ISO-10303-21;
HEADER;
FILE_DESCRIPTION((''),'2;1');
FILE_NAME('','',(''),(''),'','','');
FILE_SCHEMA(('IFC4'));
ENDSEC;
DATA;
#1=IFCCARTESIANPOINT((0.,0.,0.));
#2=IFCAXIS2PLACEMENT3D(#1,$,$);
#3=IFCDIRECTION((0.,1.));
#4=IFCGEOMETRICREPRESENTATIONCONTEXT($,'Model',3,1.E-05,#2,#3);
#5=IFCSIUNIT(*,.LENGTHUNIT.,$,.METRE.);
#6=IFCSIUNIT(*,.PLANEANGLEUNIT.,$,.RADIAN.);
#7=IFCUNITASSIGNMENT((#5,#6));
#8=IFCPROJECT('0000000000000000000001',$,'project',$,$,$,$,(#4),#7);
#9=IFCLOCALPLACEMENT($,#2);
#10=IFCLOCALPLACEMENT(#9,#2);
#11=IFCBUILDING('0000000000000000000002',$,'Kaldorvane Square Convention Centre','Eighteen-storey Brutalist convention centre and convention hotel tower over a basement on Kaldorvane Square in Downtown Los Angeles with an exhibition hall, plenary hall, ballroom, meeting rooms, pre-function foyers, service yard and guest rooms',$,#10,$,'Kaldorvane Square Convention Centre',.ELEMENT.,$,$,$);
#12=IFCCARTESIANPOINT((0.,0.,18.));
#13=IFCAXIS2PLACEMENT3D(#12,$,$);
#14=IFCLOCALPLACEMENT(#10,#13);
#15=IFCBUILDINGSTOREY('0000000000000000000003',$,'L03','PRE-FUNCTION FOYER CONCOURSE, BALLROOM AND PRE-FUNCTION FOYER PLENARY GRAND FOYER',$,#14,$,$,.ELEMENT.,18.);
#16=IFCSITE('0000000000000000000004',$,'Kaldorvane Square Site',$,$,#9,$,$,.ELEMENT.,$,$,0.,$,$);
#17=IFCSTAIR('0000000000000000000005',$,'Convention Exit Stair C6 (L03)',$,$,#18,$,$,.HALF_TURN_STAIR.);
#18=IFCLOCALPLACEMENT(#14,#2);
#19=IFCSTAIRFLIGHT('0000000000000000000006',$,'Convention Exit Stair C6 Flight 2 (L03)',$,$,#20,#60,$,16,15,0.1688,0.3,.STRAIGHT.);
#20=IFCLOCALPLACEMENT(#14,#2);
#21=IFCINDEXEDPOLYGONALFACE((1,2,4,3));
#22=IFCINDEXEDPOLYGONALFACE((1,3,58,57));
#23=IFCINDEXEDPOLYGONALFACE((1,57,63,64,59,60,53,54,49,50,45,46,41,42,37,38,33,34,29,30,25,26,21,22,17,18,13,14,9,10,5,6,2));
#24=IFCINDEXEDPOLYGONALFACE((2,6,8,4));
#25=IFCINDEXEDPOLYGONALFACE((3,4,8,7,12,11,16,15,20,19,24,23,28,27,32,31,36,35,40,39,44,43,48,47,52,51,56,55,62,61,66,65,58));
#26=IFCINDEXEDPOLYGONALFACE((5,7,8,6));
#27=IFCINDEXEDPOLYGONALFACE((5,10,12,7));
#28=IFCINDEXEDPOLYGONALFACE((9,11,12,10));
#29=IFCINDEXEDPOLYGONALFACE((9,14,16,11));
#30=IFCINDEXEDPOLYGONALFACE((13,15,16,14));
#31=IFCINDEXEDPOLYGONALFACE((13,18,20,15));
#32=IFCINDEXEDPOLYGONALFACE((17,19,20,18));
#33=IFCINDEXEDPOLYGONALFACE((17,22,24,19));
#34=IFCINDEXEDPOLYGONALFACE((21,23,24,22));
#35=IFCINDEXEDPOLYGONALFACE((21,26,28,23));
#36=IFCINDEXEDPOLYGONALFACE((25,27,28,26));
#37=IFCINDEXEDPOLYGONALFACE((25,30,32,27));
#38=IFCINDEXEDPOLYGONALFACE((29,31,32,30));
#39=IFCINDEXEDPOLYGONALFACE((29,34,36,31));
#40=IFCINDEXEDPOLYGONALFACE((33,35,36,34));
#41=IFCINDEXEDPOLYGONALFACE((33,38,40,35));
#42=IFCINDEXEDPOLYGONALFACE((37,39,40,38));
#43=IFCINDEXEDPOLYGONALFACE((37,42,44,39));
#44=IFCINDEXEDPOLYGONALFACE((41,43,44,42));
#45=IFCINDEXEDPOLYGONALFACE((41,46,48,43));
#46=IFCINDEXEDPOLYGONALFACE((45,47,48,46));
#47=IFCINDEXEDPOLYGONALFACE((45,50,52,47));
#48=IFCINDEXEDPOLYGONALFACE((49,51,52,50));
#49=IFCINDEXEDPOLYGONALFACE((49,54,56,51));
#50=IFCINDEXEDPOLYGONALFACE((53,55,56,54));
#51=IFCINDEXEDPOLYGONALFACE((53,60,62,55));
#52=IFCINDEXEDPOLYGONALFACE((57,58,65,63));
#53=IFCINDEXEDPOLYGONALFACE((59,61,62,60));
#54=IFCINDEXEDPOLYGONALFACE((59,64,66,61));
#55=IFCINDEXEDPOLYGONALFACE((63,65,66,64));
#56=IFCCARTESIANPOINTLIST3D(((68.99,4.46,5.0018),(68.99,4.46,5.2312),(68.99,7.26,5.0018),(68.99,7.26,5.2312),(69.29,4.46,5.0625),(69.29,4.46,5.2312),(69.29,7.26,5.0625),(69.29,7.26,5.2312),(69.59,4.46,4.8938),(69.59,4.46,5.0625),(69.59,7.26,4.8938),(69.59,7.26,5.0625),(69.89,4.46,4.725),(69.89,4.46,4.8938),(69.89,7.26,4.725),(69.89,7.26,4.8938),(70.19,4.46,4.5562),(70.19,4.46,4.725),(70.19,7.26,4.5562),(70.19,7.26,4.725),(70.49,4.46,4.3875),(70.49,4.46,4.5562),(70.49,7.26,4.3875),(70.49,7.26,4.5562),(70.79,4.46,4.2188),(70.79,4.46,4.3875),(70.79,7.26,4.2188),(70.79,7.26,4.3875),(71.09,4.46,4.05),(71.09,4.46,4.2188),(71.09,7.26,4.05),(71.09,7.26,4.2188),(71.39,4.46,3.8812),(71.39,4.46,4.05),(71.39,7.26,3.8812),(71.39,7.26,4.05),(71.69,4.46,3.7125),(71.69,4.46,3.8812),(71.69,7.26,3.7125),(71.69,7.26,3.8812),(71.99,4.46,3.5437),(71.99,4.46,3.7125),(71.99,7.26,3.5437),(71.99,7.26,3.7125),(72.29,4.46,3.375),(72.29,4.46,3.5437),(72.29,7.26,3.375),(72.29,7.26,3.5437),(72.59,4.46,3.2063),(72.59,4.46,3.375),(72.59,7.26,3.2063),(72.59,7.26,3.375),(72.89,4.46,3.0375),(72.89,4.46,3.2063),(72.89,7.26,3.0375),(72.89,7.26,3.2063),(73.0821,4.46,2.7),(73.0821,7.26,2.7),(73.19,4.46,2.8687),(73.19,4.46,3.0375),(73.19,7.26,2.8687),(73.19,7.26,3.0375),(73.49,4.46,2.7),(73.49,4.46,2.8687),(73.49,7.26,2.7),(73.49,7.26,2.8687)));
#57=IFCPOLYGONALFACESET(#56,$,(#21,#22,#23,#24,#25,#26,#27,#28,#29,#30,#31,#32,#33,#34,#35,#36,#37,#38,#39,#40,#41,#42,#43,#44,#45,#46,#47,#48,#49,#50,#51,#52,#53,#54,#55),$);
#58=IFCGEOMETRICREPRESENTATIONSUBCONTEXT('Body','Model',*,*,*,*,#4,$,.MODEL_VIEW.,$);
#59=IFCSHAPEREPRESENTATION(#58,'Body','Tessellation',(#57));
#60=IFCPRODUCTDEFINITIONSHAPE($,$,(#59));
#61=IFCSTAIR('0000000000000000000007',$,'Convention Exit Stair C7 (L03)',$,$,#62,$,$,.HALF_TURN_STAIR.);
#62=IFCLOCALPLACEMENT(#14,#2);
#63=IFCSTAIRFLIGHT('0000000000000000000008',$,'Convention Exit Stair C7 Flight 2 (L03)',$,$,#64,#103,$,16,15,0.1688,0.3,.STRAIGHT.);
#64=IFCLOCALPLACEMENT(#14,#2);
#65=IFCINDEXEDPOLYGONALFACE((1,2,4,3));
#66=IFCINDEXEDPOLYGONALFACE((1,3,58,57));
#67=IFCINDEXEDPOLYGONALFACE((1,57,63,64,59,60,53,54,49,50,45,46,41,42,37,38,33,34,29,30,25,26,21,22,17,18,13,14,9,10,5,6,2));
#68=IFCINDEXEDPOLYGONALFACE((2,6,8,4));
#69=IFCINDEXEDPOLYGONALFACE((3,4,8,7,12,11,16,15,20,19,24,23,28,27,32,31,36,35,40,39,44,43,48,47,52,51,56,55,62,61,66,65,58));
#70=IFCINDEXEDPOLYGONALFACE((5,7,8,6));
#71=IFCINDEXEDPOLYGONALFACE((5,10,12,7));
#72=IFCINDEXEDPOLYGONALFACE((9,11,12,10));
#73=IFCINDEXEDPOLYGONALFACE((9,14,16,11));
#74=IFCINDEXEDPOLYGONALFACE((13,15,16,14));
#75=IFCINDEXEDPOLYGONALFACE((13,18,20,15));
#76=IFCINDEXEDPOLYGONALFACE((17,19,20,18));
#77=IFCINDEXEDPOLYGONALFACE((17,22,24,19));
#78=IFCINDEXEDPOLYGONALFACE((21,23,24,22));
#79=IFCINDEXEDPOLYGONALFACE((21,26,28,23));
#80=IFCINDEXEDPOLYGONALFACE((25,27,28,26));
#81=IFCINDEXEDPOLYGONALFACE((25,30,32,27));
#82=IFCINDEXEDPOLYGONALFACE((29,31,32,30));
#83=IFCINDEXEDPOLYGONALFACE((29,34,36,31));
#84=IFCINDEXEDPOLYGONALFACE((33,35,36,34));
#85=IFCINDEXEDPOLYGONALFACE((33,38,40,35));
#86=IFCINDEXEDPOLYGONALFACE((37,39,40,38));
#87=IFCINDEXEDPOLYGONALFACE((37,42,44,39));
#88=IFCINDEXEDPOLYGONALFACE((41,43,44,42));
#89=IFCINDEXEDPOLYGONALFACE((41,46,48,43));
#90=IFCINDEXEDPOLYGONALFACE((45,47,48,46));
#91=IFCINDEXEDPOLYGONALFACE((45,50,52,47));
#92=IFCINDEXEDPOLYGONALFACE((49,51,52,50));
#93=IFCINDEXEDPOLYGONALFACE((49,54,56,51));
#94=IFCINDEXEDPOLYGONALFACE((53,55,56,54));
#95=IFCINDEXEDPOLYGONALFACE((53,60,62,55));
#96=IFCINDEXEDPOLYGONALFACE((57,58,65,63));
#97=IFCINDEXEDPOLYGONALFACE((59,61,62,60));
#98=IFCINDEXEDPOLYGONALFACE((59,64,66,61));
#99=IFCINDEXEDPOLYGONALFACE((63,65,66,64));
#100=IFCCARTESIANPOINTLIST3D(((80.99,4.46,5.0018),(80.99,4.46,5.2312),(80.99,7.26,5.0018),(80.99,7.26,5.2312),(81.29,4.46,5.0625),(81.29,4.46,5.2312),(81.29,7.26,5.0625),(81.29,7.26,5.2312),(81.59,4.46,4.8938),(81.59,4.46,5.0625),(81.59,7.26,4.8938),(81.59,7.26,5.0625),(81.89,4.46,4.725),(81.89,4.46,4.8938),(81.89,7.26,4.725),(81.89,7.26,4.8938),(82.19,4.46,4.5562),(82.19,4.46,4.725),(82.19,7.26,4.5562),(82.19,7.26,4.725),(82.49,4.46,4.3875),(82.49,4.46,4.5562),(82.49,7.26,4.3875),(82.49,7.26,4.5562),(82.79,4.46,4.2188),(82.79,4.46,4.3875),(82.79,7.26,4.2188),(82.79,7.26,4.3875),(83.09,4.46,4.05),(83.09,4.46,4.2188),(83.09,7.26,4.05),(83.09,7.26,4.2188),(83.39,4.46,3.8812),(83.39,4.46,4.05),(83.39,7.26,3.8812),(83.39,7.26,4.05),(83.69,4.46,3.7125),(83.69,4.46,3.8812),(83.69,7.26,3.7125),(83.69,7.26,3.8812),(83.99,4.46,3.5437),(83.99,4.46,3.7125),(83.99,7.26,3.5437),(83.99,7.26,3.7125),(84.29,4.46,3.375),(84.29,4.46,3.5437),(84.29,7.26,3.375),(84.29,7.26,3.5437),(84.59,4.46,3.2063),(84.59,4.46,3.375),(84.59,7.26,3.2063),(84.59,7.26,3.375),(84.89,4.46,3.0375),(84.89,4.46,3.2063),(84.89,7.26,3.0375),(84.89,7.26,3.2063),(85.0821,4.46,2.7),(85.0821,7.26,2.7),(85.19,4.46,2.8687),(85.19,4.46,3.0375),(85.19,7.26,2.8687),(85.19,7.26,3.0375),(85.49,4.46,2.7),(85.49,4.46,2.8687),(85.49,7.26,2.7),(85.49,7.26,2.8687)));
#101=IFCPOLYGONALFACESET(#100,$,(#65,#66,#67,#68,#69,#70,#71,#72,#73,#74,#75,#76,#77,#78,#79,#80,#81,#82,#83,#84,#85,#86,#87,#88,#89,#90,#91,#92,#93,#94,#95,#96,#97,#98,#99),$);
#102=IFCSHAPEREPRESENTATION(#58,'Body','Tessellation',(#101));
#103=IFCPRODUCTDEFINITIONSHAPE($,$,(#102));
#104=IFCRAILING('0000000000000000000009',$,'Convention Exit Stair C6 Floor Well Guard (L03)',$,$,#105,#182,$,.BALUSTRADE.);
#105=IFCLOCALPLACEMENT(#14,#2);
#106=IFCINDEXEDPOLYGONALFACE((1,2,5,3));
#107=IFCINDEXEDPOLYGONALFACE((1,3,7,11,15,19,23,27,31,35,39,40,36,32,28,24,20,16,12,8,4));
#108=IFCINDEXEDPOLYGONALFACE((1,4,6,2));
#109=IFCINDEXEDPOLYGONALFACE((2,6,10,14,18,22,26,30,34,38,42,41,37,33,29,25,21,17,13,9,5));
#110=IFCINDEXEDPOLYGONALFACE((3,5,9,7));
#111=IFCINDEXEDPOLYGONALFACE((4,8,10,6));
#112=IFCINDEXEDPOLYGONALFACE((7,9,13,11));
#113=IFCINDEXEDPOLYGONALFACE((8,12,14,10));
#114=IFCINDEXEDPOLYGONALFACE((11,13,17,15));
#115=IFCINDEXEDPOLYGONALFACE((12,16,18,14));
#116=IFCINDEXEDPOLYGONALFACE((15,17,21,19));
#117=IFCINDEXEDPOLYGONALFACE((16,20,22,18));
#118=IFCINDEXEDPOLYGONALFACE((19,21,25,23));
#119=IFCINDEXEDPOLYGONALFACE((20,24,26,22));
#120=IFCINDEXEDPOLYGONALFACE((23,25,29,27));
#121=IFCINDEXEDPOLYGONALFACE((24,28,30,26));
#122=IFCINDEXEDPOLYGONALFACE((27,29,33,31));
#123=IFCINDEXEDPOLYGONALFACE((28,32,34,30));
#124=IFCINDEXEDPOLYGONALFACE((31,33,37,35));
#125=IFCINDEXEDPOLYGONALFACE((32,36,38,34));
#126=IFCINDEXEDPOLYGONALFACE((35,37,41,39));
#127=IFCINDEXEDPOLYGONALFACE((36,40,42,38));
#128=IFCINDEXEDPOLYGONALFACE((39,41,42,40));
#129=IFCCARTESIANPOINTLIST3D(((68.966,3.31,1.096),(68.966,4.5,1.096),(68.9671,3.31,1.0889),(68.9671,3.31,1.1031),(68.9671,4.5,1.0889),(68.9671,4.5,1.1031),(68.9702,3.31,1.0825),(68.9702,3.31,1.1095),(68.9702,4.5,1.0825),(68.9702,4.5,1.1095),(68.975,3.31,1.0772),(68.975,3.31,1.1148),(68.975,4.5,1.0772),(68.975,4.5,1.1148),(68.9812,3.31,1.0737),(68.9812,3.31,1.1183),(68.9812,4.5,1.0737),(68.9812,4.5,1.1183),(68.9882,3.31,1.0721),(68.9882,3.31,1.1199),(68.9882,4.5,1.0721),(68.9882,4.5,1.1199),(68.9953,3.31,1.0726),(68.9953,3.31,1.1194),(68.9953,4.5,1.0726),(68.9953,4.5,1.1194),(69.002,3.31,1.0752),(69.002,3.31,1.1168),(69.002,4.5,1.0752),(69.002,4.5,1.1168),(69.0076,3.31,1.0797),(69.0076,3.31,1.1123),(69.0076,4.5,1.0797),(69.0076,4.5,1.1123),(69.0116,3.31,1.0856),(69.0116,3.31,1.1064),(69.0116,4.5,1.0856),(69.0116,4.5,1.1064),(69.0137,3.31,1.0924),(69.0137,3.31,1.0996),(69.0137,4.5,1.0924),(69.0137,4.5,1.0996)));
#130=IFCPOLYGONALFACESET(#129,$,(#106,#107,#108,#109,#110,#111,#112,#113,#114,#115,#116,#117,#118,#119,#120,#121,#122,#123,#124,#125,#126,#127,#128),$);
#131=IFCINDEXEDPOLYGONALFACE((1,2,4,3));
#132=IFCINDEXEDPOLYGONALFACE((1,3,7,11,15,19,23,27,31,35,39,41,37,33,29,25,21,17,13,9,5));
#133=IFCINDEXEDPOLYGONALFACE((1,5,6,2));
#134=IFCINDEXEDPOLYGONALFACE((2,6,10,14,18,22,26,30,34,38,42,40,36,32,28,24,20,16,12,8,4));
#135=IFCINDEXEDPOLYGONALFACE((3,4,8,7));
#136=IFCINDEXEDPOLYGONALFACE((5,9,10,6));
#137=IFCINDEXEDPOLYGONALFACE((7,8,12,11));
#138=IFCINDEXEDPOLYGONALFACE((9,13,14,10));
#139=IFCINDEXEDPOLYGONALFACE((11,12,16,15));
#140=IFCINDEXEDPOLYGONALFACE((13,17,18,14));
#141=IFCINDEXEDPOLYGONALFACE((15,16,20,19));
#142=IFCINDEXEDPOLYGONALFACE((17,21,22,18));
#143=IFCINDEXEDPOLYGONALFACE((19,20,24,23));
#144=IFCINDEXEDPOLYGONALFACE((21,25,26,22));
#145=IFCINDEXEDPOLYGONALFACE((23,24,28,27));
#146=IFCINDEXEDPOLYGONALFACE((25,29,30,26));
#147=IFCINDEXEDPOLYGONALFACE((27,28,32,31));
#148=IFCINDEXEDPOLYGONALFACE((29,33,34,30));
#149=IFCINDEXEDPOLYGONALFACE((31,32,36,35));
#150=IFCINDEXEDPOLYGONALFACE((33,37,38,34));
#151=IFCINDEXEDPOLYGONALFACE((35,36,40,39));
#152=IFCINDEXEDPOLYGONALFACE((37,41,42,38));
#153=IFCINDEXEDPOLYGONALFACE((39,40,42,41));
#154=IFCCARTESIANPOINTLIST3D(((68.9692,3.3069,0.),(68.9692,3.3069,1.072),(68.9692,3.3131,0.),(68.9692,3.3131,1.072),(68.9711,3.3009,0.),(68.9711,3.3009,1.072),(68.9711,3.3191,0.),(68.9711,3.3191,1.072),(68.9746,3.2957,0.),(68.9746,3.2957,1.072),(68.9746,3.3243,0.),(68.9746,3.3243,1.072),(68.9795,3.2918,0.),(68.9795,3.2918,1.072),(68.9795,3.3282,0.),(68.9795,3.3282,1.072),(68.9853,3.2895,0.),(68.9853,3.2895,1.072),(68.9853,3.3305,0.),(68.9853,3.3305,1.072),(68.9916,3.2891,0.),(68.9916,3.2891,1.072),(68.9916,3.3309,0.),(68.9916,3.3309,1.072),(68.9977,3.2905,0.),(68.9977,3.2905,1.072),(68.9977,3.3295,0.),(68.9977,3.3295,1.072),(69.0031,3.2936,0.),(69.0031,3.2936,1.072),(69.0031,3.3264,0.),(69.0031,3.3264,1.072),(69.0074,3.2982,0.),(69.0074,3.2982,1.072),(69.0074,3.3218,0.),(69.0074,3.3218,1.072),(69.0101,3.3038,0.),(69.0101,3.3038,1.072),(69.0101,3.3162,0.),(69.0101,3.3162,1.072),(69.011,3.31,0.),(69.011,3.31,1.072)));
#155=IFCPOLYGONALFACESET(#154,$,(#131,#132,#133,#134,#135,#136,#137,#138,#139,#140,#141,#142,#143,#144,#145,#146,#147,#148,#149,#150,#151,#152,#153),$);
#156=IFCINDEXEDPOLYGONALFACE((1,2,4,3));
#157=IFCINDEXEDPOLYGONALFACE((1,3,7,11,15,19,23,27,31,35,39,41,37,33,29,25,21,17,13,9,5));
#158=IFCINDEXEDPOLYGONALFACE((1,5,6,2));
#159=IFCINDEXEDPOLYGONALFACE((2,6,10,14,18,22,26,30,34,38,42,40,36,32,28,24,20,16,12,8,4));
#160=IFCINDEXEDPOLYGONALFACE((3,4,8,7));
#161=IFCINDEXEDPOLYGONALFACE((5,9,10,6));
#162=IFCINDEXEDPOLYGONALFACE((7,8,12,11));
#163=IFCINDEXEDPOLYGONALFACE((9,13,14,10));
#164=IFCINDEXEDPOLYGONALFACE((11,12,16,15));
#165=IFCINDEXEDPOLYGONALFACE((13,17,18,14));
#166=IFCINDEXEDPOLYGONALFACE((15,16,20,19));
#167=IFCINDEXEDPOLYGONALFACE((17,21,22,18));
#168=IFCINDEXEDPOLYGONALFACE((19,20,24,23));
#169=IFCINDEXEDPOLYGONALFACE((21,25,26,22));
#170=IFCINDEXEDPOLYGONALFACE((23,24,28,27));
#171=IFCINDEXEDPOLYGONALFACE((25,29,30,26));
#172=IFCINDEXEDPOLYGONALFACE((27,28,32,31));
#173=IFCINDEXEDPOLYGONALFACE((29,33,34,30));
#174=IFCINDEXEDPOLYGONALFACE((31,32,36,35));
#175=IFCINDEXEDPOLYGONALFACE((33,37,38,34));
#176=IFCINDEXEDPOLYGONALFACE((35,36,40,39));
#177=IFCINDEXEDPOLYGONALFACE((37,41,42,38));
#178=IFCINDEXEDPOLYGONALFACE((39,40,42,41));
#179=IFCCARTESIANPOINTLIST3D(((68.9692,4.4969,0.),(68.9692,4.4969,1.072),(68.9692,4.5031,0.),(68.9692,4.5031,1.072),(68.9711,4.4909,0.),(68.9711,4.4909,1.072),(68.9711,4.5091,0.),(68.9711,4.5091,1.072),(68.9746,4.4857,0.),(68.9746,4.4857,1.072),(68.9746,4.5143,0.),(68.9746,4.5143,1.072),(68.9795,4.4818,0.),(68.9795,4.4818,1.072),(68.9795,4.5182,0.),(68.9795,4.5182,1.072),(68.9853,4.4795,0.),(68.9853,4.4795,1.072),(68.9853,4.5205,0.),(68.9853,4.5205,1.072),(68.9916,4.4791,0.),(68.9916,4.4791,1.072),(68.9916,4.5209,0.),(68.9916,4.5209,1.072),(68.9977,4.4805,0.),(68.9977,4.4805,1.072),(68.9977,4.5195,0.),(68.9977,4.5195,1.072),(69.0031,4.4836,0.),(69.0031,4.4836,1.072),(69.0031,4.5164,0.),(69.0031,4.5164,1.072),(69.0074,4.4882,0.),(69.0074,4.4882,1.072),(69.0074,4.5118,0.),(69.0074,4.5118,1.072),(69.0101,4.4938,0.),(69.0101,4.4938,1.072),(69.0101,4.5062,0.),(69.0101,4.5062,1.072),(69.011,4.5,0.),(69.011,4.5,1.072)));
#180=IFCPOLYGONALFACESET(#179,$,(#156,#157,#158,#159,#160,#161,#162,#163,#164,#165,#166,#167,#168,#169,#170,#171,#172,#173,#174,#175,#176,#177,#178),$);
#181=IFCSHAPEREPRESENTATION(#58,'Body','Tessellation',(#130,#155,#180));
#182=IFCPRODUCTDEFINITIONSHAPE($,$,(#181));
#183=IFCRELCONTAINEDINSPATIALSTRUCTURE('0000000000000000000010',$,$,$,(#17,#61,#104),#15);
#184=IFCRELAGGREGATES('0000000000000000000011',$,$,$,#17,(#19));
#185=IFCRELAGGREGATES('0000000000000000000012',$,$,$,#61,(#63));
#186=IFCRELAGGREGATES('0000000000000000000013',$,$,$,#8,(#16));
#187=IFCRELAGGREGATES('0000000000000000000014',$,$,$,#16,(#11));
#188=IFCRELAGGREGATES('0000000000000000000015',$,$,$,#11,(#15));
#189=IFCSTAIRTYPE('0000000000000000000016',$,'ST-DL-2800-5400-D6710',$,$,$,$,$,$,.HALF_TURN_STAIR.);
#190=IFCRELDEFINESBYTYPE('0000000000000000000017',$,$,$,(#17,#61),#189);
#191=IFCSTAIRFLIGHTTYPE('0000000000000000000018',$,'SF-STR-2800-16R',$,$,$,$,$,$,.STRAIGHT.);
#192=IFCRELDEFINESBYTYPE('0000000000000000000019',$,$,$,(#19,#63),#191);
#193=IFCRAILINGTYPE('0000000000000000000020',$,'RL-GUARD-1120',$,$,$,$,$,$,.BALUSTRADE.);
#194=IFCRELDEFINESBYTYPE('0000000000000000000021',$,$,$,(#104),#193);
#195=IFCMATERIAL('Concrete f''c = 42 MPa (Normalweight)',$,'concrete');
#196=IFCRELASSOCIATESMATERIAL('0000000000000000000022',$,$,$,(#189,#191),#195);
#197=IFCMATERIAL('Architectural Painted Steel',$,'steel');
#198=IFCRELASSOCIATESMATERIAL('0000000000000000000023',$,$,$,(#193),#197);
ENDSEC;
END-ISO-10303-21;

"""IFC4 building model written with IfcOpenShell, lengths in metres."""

from ifc_helpers import new_model, si_unit, direction, frame, origin, origin_2d, place, context, subcontext, project, spatial, polyline, circle, outline, extrude, material, type_object, element, aggregate, save


model = new_model("IFC4")

# Units and contexts
model_context = context("Model", 3, precision=1e-05, world=origin(), true_north=direction((0.0, 1.0)))
body_context = subcontext(model_context, "Body", "Model", "MODEL_VIEW")
ifc_project = project(units=[si_unit("LENGTHUNIT", "METRE"), si_unit("PLANEANGLEUNIT", "RADIAN")], contexts=[model_context])

# Site, building, storey
site_placement = place(None, origin())
site = spatial("IfcSite", under=ifc_project, at=site_placement, Name="Kaldorvane Square Site", CompositionType="ELEMENT", RefElevation=0.0)
building_placement = place(site_placement, origin())
building = spatial("IfcBuilding", under=site, at=building_placement, Name="Kaldorvane Square Convention Centre", Description="Eighteen-storey Brutalist convention centre and convention hotel tower over a basement on Kaldorvane Square in Downtown Los Angeles with an exhibition hall, plenary hall, ballroom, meeting rooms, pre-function foyers, service yard and guest rooms", LongName="Kaldorvane Square Convention Centre", CompositionType="ELEMENT")
storey_placement = place(building_placement, frame((0.0, 0.0, 18.0)))
storey = spatial("IfcBuildingStorey", under=building, at=storey_placement, Name="L03", Description="PRE-FUNCTION FOYER CONCOURSE, BALLROOM AND PRE-FUNCTION FOYER PLENARY GRAND FOYER", CompositionType="ELEMENT", Elevation=18.0)

# Stairs, stair flights
ifc_material_1 = material(Name="Concrete f'c = 42 MPa (Normalweight)", Category="concrete")
stair_type = type_object("IfcStairType", Name="ST-DL-2800-5400-D6710", PredefinedType="HALF_TURN_STAIR", material=ifc_material_1)
stair_1_placement = place(storey_placement, origin())
stair_1 = element("IfcStair", 1, at=stair_1_placement, inside=storey, type_object=stair_type, Name="Convention Exit Stair C6 (L03)", PredefinedType="HALF_TURN_STAIR")
stair_flight_type = type_object("IfcStairFlightType", Name="SF-STR-2800-16R", PredefinedType="STRAIGHT", material=ifc_material_1)
stair_flight_1_placement = place(storey_placement, frame((73.49, 5.86, 2.7), z_axis=(0.0, 0.0, 1.0), x_axis=(-1.0, 0.0, 0.0)))
stair_flight_1 = element("IfcStairFlight", 2, at=stair_flight_1_placement, type_object=stair_flight_type, Name="Convention Exit Stair C6 Flight 2 (L03)", NumberOfRisers=16, NumberOfTreads=15, PredefinedType="STRAIGHT", RiserHeight=0.1688, TreadLength=0.3, context=body_context, shape_type="SweptSolid", body=[
    extrude(outline(polyline([(0.0, 0.0), (0.0, 0.1687), (0.3, 0.1687), (0.3, 0.3375), (0.6, 0.3375), (0.6, 0.5063), (0.9, 0.5063), (0.9, 0.675), (1.2, 0.675), (1.2, 0.8438), (1.5, 0.8438), (1.5, 1.0125), (1.8, 1.0125), (1.8, 1.1812), (2.1, 1.1812), (2.1, 1.35), (2.4, 1.35), (2.4, 1.5188), (2.7, 1.5188), (2.7, 1.6875), (3.0, 1.6875), (3.0, 1.8562), (3.3, 1.8562), (3.3, 2.025), (3.6, 2.025), (3.6, 2.1938), (3.9, 2.1938), (3.9, 2.3625), (4.2, 2.3625), (4.2, 2.5312), (4.5, 2.5312), (4.5, 2.7), (4.5, 2.3018), (0.4079, 0.0), (0.0, 0.0)])), frame((0.0, 1.4, 0.0), z_axis=(0.0, -1.0, 0.0), x_axis=(1.0, 0.0, 0.0)), (0.0, 0.0, 1.0), 2.8),
])
aggregate(stair_1, [stair_flight_1])
stair_2_placement = place(storey_placement, origin())
stair_2 = element("IfcStair", 3, at=stair_2_placement, inside=storey, type_object=stair_type, Name="Convention Exit Stair C7 (L03)", PredefinedType="HALF_TURN_STAIR")
stair_flight_2_placement = place(storey_placement, frame((85.49, 5.86, 2.7), z_axis=(0.0, 0.0, 1.0), x_axis=(-1.0, 0.0, 0.0)))
stair_flight_2 = element("IfcStairFlight", 4, at=stair_flight_2_placement, type_object=stair_flight_type, Name="Convention Exit Stair C7 Flight 2 (L03)", NumberOfRisers=16, NumberOfTreads=15, PredefinedType="STRAIGHT", RiserHeight=0.1688, TreadLength=0.3, context=body_context, shape_type="SweptSolid", body=[
    extrude(outline(polyline([(0.0, 0.0), (0.0, 0.1687), (0.3, 0.1687), (0.3, 0.3375), (0.6, 0.3375), (0.6, 0.5063), (0.9, 0.5063), (0.9, 0.675), (1.2, 0.675), (1.2, 0.8438), (1.5, 0.8438), (1.5, 1.0125), (1.8, 1.0125), (1.8, 1.1812), (2.1, 1.1812), (2.1, 1.35), (2.4, 1.35), (2.4, 1.5188), (2.7, 1.5188), (2.7, 1.6875), (3.0, 1.6875), (3.0, 1.8562), (3.3, 1.8562), (3.3, 2.025), (3.6, 2.025), (3.6, 2.1938), (3.9, 2.1938), (3.9, 2.3625), (4.2, 2.3625), (4.2, 2.5312), (4.5, 2.5312), (4.5, 2.7), (4.5, 2.3018), (0.4079, 0.0), (0.0, 0.0)])), frame((0.0, 1.4, 0.0), z_axis=(0.0, -1.0, 0.0), x_axis=(1.0, 0.0, 0.0)), (0.0, 0.0, 1.0), 2.8),
])
aggregate(stair_2, [stair_flight_2])

# Railing
ifc_material_2 = material(Name="Architectural Painted Steel", Category="steel")
railing_type_1 = type_object("IfcRailingType", Name="RL-GUARD-1120", PredefinedType="BALUSTRADE", material=ifc_material_2)
for number, where, name in (
    (5, (68.99, 3.31, 0.0), "Convention Exit Stair C6 Floor Well Guard (L03)"),
):
    element("IfcRailing", number, at=place(storey_placement, frame(where)), inside=storey, type_object=railing_type_1, Name=name, PredefinedType="BALUSTRADE", context=body_context, shape_type="SweptSolid", body=[
        extrude(circle(Radius=0.024, at=origin_2d()), frame((0.0, 0.0, 1.096), z_axis=(0.0, 1.0, 0.0), x_axis=(-1.0, 0.0, 0.0)), (0.0, 0.0, 1.0), 1.19),
        extrude(circle(Radius=0.021, at=origin_2d()), origin(), (0.0, 0.0, 1.0), 1.072),
        extrude(circle(Radius=0.021, at=origin_2d()), frame((0.0, 1.19, 0.0)), (0.0, 0.0, 1.0), 1.072),
    ])

save(model, "model.ifc")
